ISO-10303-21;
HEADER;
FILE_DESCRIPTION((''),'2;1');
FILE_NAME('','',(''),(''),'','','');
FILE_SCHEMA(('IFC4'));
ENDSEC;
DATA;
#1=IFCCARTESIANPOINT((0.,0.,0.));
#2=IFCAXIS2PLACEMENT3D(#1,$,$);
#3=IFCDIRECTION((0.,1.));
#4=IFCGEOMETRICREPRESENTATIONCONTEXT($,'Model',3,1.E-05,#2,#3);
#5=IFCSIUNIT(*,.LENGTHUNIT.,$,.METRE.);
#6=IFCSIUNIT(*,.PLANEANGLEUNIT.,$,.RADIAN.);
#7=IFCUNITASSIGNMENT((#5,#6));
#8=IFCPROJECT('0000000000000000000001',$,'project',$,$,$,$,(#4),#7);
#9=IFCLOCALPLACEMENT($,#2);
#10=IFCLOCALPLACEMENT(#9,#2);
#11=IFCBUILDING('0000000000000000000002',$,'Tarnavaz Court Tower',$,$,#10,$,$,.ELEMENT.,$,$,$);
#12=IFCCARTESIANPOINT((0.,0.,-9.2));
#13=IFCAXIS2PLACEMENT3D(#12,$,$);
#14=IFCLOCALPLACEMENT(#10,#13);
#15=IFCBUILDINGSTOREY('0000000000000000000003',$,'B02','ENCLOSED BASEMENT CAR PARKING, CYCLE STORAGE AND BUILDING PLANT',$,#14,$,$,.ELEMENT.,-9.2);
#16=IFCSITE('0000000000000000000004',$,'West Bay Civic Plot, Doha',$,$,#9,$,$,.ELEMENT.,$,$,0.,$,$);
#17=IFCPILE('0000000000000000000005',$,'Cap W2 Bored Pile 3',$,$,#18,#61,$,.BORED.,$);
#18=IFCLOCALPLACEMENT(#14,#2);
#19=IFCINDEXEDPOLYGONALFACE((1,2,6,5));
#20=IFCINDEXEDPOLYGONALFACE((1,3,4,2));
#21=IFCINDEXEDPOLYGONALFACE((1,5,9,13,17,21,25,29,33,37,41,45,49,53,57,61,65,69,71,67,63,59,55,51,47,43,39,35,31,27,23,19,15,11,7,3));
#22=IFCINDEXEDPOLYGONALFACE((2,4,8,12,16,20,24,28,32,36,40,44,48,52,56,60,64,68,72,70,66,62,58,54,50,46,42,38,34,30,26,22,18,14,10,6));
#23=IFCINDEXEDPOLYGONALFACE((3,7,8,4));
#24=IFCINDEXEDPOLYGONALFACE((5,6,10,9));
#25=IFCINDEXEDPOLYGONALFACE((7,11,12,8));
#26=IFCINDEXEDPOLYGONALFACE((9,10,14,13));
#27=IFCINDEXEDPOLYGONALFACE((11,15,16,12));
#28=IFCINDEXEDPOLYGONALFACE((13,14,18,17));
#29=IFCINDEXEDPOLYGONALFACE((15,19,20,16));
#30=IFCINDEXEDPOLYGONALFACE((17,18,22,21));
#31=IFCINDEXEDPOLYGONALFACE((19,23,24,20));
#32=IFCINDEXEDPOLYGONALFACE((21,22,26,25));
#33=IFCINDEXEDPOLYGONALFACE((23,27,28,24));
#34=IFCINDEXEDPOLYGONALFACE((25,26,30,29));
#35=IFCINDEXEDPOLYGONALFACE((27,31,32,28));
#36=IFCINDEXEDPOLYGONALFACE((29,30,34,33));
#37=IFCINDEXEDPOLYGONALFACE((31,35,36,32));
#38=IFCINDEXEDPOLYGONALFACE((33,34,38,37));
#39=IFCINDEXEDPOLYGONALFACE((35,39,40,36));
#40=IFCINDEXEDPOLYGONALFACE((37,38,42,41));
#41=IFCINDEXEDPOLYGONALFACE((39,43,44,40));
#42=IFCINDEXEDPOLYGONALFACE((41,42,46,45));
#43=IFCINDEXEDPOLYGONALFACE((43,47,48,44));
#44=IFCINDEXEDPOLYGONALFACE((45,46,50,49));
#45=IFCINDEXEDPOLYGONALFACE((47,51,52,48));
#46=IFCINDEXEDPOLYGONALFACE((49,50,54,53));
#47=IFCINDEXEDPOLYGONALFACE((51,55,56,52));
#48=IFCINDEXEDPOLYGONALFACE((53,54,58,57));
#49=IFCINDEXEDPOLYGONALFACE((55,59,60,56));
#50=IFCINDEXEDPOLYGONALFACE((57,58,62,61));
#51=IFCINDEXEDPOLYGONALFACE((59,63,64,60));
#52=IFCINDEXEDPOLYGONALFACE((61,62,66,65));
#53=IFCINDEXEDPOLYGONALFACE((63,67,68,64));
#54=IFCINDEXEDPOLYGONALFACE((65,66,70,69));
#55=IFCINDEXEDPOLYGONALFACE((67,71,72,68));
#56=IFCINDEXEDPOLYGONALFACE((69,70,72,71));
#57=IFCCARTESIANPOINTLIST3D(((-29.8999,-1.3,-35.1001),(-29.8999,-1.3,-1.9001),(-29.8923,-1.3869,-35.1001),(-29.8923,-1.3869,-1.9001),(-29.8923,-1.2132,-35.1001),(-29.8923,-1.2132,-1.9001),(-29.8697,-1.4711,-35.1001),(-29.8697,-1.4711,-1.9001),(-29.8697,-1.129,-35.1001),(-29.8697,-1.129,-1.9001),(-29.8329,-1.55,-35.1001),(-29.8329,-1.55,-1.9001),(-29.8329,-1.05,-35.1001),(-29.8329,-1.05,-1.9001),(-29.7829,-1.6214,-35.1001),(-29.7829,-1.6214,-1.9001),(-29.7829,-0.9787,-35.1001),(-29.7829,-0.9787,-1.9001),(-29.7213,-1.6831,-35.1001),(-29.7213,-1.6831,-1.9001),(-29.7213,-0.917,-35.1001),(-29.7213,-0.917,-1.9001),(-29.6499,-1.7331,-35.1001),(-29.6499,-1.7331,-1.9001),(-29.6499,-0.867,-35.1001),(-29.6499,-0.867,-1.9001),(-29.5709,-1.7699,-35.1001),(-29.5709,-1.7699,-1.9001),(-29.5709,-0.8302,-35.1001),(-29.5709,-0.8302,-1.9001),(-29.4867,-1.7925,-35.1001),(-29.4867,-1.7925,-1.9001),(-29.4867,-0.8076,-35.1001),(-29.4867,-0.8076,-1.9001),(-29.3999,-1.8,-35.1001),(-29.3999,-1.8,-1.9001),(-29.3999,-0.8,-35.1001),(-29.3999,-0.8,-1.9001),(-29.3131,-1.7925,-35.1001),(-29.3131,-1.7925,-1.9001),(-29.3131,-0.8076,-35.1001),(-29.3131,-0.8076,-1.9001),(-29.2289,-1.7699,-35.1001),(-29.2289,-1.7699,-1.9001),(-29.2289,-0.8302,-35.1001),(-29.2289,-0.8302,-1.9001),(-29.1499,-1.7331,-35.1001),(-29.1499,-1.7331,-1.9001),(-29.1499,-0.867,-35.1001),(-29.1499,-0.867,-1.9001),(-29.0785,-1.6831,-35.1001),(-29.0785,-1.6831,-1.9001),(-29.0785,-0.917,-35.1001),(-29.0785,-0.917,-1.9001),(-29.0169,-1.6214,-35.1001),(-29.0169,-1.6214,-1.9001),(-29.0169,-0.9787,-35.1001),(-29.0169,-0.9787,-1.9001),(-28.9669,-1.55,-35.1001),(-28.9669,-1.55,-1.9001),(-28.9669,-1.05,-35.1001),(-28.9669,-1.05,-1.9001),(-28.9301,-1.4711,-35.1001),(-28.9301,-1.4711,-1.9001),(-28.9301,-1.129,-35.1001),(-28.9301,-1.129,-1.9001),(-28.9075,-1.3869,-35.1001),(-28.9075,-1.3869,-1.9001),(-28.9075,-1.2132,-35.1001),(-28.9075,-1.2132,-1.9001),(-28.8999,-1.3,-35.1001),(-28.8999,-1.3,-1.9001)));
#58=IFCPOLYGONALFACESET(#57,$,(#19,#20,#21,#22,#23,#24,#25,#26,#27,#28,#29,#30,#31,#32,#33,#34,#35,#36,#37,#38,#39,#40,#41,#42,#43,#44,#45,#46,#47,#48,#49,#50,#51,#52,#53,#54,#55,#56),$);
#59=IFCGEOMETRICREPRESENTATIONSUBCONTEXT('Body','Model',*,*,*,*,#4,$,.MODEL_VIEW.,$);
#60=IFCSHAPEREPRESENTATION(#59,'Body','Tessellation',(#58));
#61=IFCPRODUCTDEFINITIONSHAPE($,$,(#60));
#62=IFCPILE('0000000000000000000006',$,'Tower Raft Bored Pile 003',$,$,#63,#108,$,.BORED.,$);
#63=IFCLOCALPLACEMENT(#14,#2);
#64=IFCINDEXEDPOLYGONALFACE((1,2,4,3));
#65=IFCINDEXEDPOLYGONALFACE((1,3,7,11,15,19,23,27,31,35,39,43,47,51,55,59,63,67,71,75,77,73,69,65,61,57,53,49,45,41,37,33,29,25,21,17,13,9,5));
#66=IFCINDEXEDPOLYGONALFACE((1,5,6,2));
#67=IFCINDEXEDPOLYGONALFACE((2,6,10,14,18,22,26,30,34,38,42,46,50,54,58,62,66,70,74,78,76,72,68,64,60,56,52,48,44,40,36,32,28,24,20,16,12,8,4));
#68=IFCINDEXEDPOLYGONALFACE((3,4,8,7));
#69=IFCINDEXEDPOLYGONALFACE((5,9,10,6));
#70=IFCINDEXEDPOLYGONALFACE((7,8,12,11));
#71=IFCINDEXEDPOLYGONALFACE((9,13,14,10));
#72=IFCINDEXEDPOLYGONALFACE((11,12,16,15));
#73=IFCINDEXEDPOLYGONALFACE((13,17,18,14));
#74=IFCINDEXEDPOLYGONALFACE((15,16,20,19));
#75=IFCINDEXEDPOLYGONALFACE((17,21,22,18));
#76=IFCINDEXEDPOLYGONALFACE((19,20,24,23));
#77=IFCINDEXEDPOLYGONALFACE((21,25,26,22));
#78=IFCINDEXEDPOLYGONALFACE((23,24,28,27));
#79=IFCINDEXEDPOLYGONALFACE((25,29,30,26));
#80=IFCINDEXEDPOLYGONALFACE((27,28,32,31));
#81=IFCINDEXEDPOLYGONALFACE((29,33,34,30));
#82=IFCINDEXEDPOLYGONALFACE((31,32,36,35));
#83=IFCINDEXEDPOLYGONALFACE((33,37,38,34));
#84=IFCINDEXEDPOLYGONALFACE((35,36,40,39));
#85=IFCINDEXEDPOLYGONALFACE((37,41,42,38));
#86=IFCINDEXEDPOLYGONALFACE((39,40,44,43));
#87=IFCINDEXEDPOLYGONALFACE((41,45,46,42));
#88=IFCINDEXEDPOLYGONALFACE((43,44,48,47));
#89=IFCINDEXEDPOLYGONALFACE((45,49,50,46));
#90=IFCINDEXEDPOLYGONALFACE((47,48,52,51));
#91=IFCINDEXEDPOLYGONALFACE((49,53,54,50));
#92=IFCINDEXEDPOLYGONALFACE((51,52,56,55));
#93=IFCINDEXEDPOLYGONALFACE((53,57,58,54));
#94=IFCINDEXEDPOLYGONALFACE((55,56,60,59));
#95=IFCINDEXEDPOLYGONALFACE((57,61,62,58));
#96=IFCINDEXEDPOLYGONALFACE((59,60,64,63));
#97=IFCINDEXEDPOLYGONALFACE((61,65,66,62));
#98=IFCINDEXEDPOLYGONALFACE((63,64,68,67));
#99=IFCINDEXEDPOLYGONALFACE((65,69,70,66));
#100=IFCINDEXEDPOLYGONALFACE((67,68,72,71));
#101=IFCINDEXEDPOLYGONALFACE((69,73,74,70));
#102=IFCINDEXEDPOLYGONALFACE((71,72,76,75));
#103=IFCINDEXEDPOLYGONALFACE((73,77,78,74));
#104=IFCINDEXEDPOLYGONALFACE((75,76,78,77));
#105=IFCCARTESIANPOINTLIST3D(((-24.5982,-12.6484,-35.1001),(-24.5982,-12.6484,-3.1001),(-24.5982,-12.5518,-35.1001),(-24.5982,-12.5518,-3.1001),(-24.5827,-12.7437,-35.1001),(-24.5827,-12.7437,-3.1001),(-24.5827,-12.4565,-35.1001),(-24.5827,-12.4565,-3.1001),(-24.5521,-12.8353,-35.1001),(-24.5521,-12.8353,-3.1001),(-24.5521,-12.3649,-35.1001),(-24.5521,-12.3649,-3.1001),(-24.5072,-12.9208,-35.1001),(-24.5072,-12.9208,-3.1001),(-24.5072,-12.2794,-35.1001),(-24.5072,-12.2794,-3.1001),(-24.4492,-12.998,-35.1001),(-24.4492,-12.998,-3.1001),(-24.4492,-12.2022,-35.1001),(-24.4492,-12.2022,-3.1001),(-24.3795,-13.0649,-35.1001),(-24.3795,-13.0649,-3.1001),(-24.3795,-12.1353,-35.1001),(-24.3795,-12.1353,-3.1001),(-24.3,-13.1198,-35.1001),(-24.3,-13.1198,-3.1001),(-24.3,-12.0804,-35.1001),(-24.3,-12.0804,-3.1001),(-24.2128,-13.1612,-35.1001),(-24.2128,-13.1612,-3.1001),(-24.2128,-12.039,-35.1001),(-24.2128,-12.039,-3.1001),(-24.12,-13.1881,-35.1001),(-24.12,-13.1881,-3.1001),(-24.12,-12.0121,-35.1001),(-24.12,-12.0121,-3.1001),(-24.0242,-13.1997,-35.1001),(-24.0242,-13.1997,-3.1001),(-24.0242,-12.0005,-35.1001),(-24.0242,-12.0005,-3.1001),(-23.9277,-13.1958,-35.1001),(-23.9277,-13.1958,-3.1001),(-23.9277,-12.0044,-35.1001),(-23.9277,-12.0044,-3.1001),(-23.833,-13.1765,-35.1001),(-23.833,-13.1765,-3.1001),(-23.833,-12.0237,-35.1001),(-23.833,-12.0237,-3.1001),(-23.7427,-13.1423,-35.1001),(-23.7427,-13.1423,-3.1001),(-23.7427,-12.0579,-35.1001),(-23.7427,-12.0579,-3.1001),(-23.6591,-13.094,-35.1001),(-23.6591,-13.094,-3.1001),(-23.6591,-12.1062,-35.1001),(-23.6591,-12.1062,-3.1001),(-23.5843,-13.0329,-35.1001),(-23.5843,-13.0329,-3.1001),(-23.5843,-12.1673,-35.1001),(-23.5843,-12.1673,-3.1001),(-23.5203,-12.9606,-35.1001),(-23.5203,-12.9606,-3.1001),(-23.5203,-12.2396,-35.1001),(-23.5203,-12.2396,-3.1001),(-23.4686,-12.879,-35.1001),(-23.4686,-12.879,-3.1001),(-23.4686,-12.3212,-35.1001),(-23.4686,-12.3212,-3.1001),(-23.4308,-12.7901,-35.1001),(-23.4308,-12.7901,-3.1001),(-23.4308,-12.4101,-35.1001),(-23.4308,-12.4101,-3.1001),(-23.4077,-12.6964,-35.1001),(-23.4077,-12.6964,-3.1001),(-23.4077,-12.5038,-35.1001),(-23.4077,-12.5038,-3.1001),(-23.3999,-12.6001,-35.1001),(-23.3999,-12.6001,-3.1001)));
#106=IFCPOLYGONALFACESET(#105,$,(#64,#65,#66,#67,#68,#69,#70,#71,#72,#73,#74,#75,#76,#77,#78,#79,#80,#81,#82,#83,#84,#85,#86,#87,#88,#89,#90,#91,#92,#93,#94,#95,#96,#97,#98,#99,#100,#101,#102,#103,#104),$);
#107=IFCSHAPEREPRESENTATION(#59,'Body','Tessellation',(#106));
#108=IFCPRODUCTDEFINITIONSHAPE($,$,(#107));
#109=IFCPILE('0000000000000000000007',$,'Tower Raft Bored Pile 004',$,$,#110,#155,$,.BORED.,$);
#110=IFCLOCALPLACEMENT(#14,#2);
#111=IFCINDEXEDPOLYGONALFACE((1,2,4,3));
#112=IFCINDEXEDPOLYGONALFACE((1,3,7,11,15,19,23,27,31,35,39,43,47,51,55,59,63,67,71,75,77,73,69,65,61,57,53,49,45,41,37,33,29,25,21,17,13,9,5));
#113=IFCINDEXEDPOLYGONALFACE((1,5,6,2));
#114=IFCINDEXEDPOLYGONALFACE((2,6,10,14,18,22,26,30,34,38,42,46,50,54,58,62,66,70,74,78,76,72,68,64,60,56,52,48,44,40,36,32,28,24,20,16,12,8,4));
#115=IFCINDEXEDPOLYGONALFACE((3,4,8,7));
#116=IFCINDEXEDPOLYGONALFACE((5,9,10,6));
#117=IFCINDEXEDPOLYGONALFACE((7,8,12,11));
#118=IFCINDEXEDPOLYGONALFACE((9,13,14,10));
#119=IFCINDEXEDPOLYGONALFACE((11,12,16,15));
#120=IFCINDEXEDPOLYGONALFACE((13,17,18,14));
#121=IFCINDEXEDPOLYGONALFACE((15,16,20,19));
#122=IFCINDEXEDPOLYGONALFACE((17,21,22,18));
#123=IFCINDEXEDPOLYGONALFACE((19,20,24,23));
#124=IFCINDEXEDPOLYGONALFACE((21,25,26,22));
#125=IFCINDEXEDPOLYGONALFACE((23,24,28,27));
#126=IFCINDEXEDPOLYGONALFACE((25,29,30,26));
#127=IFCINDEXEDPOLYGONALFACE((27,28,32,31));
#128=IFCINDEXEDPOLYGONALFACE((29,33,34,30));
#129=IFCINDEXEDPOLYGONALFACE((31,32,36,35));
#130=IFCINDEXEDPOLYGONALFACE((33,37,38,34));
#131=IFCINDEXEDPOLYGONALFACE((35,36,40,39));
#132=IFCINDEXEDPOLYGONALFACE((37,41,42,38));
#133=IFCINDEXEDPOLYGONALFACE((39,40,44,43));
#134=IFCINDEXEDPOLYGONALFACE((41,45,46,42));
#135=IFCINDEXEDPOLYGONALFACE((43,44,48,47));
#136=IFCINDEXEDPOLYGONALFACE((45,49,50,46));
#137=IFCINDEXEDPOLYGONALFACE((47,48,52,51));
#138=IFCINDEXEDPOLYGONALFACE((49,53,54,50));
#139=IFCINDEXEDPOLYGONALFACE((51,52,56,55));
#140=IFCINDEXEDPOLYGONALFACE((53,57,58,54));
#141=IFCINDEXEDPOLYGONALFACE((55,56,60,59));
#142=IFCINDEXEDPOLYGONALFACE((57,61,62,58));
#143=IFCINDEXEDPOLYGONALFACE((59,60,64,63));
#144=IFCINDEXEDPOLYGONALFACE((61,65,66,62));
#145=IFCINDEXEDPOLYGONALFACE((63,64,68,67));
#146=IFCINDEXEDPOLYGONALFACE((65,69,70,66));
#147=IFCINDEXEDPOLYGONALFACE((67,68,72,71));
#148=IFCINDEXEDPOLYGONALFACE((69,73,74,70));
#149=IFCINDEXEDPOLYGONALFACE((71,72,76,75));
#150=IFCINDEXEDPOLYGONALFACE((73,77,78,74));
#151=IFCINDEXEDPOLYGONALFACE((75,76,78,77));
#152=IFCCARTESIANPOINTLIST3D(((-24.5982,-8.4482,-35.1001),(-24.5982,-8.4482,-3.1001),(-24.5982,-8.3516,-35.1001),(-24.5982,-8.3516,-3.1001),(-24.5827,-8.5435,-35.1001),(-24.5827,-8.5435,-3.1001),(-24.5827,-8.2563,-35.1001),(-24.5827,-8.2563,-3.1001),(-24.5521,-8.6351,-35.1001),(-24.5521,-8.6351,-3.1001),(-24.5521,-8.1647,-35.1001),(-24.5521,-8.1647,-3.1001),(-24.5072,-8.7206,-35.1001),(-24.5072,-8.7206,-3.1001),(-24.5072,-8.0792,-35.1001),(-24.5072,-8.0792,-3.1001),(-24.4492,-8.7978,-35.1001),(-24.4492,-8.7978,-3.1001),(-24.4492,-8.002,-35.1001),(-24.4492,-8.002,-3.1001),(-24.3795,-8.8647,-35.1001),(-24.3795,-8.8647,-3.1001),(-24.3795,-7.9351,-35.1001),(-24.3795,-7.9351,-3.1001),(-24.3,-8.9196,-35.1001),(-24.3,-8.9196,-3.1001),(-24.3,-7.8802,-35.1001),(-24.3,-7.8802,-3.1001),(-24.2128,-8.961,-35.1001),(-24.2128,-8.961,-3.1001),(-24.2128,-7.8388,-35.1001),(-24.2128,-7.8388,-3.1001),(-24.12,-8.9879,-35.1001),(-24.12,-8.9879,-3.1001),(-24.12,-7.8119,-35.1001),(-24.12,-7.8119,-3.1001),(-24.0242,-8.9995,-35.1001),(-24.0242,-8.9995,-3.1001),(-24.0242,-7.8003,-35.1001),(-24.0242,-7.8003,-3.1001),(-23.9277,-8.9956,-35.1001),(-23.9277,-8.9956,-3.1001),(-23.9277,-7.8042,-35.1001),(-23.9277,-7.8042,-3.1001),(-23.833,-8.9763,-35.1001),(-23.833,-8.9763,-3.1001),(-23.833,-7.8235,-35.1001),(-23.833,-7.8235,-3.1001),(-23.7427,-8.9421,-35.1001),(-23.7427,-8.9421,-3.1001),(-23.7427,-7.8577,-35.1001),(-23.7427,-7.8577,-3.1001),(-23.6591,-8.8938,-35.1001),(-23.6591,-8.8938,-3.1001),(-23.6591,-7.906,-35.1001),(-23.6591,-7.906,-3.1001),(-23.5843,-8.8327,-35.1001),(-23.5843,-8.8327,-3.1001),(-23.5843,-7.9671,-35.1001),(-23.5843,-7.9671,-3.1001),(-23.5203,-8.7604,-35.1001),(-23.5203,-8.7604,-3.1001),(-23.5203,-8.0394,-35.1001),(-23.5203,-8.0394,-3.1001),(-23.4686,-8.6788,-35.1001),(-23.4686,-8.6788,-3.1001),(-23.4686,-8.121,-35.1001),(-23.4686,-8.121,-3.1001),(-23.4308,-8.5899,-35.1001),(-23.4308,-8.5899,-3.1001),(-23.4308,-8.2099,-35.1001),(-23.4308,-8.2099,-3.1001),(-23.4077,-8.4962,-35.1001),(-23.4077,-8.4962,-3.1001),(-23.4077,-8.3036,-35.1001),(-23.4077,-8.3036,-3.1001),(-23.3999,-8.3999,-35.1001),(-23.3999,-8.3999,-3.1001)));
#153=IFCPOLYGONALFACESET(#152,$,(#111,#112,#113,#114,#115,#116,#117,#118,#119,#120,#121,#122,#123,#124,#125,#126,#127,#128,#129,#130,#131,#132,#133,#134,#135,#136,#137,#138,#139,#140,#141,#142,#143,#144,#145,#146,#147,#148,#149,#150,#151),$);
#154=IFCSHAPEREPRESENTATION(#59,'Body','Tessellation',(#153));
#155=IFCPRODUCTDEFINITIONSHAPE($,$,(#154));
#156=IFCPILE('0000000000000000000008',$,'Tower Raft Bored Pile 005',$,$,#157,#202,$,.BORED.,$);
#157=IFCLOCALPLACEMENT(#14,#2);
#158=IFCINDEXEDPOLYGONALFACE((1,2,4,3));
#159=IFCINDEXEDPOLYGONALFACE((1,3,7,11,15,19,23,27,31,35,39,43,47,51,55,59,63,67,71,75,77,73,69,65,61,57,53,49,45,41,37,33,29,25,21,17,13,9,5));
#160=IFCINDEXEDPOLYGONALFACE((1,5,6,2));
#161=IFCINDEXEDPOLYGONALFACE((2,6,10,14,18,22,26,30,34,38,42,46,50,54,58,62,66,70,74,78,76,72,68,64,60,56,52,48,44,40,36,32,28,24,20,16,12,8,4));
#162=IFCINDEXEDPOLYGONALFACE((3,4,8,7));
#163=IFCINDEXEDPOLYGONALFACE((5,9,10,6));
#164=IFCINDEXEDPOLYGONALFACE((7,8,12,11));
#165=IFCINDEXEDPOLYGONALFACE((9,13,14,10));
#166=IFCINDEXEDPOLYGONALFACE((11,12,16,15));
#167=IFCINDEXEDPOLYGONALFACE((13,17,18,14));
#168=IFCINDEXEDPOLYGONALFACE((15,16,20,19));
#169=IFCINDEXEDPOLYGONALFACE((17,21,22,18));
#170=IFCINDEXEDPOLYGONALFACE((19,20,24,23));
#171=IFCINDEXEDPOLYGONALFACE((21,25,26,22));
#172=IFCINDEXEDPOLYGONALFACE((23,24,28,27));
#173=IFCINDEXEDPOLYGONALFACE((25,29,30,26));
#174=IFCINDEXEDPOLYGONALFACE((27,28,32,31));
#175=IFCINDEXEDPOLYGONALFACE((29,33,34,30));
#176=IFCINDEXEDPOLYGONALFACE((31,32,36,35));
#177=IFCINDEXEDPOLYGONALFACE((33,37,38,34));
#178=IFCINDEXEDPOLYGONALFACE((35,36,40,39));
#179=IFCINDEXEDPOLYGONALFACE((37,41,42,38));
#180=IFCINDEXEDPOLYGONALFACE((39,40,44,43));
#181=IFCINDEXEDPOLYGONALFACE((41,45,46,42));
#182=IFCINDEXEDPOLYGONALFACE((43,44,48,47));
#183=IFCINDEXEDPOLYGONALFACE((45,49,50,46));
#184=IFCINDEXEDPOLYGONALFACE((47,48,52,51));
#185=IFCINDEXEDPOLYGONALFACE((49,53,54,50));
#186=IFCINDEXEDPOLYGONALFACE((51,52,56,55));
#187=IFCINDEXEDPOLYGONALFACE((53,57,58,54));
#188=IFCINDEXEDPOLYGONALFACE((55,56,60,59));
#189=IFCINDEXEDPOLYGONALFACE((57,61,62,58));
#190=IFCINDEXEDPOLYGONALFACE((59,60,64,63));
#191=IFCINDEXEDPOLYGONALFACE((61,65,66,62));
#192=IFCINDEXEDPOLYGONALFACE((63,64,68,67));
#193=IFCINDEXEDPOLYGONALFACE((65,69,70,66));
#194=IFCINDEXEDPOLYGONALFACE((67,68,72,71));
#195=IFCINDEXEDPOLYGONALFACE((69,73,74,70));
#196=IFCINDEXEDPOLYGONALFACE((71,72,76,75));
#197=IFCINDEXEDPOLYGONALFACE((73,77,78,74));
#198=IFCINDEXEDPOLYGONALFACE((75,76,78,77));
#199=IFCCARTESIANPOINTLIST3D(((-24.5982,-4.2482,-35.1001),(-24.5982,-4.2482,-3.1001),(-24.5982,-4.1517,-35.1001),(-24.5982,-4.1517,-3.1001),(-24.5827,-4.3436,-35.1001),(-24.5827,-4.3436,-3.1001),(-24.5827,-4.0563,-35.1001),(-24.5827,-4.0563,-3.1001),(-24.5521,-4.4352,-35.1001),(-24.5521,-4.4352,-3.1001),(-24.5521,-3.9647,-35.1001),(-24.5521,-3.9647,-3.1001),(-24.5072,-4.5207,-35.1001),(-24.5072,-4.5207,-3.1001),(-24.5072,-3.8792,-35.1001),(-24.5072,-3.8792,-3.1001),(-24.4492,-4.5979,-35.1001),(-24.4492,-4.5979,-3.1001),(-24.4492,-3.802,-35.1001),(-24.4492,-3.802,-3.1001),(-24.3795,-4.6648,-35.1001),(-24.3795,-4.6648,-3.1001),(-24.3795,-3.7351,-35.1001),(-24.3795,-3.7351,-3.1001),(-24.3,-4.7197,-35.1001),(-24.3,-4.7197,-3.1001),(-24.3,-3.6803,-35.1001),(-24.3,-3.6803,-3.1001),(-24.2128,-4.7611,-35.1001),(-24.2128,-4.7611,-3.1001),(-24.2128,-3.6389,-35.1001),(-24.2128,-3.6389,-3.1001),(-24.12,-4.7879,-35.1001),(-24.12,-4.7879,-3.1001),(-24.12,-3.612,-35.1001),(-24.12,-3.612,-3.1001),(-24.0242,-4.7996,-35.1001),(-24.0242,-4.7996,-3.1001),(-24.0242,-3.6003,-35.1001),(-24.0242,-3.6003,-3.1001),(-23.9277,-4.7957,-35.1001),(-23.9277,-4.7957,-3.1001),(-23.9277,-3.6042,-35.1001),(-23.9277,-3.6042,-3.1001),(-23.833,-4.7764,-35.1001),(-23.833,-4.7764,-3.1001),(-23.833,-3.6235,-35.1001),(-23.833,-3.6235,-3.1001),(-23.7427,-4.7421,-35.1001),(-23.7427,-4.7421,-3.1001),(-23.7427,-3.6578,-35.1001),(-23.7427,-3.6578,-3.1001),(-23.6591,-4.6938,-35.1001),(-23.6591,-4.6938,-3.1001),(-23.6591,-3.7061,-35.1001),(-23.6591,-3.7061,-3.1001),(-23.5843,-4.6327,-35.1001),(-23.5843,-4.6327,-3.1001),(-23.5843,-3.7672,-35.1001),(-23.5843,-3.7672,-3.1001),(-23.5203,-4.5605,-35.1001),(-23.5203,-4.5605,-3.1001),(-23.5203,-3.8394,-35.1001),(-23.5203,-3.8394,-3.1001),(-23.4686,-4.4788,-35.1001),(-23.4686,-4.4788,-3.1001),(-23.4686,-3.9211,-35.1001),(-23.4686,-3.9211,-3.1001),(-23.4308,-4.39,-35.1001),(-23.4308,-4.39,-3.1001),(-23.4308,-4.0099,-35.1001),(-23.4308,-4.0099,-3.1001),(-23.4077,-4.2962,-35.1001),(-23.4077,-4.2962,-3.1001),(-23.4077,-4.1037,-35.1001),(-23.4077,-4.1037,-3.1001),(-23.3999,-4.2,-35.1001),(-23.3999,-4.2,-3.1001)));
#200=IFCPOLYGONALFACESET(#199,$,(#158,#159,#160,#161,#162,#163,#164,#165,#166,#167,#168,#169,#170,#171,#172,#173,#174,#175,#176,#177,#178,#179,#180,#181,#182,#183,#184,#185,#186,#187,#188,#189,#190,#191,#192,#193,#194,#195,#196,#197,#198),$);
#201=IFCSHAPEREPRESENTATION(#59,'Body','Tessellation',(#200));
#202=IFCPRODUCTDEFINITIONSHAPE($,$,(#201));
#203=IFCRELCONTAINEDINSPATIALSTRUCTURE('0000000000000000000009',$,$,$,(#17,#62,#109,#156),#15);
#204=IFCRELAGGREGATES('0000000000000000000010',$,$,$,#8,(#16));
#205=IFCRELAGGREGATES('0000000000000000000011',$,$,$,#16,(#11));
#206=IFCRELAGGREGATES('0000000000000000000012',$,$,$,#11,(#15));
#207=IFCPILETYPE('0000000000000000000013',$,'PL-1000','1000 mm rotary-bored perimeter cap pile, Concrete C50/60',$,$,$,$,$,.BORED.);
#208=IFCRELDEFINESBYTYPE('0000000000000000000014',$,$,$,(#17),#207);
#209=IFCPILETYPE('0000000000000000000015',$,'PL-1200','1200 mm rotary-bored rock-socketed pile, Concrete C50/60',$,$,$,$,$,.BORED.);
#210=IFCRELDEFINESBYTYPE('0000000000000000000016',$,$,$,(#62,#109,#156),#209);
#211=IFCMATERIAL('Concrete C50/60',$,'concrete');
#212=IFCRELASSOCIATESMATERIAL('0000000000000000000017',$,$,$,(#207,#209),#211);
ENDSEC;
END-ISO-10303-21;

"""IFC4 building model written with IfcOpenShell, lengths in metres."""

from ifc_helpers import new_model, si_unit, direction, frame, origin, origin_2d, place, context, subcontext, project, spatial, circle, extrude, material, material_profile, profile_set, type_object, element, save


model = new_model("IFC4")

# Units and contexts
model_context = context("Model", 3, precision=1e-05, world=origin(), true_north=direction((0.0, 1.0)))
body_context = subcontext(model_context, "Body", "Model", "MODEL_VIEW")
ifc_project = project(units=[si_unit("LENGTHUNIT", "METRE"), si_unit("PLANEANGLEUNIT", "RADIAN")], contexts=[model_context])

# Site, building, storey
site_placement = place(None, origin())
site = spatial("IfcSite", under=ifc_project, at=site_placement, Name="West Bay Civic Plot, Doha", CompositionType="ELEMENT", RefElevation=0.0)
building_placement = place(site_placement, origin())
building = spatial("IfcBuilding", under=site, at=building_placement, Name="Tarnavaz Court Tower", CompositionType="ELEMENT")
storey_placement = place(building_placement, frame((0.0, 0.0, -9.2)))
storey = spatial("IfcBuildingStorey", under=building, at=storey_placement, Name="B02", Description="ENCLOSED BASEMENT CAR PARKING, CYCLE STORAGE AND BUILDING PLANT", CompositionType="ELEMENT", Elevation=-9.2)

# Shared definitions
ifc_material_1 = material(Name="Concrete C50/60", Category="concrete")

# Piles
ifc_material_profile_1 = material_profile(ifc_material_1, circle(Radius=0.5, at=origin_2d()), Name="PILE D1000")
ifc_profile_set_1 = profile_set([ifc_material_profile_1], Name="Concrete C50/60")
pile_type_1 = type_object("IfcPileType", Name="PL-1000", Description="1000 mm rotary-bored perimeter cap pile, Concrete C50/60", PredefinedType="BORED", material=ifc_profile_set_1)
for number, where, z_axis, x_axis, name in (
    (1, (-29.3999, -1.3, -1.9001), (0.0, 0.0, -1.0), (1.0, 0.0, 0.0), "Cap W2 Bored Pile 3"),
):
    element("IfcPile", number, at=place(storey_placement, frame(where, z_axis=z_axis, x_axis=x_axis)), inside=storey, type_object=pile_type_1, Name=name, PredefinedType="BORED", context=body_context, shape_type="SweptSolid", body=[
        extrude(circle(Radius=0.5, at=origin_2d()), origin(), (0.0, 0.0, 1.0), 33.2),
    ])
ifc_material_profile_2 = material_profile(ifc_material_1, circle(Radius=0.6001, at=origin_2d()), Name="PILE D1200")
ifc_profile_set_2 = profile_set([ifc_material_profile_2], Name="Concrete C50/60")
pile_type_2 = type_object("IfcPileType", Name="PL-1200", Description="1200 mm rotary-bored rock-socketed pile, Concrete C50/60", PredefinedType="BORED", material=ifc_profile_set_2)
for number, where, z_axis, x_axis, name in (
    (2, (-24.0, -12.6001, -3.1001), (0.0, 0.0, -1.0), (1.0, 0.0, 0.0), "Tower Raft Bored Pile 003"),
    (3, (-24.0, -8.3999, -3.1001), (0.0, 0.0, -1.0), (1.0, 0.0, 0.0), "Tower Raft Bored Pile 004"),
    (4, (-24.0, -4.2, -3.1001), (0.0, 0.0, -1.0), (1.0, 0.0, 0.0), "Tower Raft Bored Pile 005"),
):
    element("IfcPile", number, at=place(storey_placement, frame(where, z_axis=z_axis, x_axis=x_axis)), inside=storey, type_object=pile_type_2, Name=name, PredefinedType="BORED", context=body_context, shape_type="SweptSolid", body=[
        extrude(circle(Radius=0.6001, at=origin_2d()), origin(), (0.0, 0.0, 1.0), 32.0),
    ])

save(model, "model.ifc")
